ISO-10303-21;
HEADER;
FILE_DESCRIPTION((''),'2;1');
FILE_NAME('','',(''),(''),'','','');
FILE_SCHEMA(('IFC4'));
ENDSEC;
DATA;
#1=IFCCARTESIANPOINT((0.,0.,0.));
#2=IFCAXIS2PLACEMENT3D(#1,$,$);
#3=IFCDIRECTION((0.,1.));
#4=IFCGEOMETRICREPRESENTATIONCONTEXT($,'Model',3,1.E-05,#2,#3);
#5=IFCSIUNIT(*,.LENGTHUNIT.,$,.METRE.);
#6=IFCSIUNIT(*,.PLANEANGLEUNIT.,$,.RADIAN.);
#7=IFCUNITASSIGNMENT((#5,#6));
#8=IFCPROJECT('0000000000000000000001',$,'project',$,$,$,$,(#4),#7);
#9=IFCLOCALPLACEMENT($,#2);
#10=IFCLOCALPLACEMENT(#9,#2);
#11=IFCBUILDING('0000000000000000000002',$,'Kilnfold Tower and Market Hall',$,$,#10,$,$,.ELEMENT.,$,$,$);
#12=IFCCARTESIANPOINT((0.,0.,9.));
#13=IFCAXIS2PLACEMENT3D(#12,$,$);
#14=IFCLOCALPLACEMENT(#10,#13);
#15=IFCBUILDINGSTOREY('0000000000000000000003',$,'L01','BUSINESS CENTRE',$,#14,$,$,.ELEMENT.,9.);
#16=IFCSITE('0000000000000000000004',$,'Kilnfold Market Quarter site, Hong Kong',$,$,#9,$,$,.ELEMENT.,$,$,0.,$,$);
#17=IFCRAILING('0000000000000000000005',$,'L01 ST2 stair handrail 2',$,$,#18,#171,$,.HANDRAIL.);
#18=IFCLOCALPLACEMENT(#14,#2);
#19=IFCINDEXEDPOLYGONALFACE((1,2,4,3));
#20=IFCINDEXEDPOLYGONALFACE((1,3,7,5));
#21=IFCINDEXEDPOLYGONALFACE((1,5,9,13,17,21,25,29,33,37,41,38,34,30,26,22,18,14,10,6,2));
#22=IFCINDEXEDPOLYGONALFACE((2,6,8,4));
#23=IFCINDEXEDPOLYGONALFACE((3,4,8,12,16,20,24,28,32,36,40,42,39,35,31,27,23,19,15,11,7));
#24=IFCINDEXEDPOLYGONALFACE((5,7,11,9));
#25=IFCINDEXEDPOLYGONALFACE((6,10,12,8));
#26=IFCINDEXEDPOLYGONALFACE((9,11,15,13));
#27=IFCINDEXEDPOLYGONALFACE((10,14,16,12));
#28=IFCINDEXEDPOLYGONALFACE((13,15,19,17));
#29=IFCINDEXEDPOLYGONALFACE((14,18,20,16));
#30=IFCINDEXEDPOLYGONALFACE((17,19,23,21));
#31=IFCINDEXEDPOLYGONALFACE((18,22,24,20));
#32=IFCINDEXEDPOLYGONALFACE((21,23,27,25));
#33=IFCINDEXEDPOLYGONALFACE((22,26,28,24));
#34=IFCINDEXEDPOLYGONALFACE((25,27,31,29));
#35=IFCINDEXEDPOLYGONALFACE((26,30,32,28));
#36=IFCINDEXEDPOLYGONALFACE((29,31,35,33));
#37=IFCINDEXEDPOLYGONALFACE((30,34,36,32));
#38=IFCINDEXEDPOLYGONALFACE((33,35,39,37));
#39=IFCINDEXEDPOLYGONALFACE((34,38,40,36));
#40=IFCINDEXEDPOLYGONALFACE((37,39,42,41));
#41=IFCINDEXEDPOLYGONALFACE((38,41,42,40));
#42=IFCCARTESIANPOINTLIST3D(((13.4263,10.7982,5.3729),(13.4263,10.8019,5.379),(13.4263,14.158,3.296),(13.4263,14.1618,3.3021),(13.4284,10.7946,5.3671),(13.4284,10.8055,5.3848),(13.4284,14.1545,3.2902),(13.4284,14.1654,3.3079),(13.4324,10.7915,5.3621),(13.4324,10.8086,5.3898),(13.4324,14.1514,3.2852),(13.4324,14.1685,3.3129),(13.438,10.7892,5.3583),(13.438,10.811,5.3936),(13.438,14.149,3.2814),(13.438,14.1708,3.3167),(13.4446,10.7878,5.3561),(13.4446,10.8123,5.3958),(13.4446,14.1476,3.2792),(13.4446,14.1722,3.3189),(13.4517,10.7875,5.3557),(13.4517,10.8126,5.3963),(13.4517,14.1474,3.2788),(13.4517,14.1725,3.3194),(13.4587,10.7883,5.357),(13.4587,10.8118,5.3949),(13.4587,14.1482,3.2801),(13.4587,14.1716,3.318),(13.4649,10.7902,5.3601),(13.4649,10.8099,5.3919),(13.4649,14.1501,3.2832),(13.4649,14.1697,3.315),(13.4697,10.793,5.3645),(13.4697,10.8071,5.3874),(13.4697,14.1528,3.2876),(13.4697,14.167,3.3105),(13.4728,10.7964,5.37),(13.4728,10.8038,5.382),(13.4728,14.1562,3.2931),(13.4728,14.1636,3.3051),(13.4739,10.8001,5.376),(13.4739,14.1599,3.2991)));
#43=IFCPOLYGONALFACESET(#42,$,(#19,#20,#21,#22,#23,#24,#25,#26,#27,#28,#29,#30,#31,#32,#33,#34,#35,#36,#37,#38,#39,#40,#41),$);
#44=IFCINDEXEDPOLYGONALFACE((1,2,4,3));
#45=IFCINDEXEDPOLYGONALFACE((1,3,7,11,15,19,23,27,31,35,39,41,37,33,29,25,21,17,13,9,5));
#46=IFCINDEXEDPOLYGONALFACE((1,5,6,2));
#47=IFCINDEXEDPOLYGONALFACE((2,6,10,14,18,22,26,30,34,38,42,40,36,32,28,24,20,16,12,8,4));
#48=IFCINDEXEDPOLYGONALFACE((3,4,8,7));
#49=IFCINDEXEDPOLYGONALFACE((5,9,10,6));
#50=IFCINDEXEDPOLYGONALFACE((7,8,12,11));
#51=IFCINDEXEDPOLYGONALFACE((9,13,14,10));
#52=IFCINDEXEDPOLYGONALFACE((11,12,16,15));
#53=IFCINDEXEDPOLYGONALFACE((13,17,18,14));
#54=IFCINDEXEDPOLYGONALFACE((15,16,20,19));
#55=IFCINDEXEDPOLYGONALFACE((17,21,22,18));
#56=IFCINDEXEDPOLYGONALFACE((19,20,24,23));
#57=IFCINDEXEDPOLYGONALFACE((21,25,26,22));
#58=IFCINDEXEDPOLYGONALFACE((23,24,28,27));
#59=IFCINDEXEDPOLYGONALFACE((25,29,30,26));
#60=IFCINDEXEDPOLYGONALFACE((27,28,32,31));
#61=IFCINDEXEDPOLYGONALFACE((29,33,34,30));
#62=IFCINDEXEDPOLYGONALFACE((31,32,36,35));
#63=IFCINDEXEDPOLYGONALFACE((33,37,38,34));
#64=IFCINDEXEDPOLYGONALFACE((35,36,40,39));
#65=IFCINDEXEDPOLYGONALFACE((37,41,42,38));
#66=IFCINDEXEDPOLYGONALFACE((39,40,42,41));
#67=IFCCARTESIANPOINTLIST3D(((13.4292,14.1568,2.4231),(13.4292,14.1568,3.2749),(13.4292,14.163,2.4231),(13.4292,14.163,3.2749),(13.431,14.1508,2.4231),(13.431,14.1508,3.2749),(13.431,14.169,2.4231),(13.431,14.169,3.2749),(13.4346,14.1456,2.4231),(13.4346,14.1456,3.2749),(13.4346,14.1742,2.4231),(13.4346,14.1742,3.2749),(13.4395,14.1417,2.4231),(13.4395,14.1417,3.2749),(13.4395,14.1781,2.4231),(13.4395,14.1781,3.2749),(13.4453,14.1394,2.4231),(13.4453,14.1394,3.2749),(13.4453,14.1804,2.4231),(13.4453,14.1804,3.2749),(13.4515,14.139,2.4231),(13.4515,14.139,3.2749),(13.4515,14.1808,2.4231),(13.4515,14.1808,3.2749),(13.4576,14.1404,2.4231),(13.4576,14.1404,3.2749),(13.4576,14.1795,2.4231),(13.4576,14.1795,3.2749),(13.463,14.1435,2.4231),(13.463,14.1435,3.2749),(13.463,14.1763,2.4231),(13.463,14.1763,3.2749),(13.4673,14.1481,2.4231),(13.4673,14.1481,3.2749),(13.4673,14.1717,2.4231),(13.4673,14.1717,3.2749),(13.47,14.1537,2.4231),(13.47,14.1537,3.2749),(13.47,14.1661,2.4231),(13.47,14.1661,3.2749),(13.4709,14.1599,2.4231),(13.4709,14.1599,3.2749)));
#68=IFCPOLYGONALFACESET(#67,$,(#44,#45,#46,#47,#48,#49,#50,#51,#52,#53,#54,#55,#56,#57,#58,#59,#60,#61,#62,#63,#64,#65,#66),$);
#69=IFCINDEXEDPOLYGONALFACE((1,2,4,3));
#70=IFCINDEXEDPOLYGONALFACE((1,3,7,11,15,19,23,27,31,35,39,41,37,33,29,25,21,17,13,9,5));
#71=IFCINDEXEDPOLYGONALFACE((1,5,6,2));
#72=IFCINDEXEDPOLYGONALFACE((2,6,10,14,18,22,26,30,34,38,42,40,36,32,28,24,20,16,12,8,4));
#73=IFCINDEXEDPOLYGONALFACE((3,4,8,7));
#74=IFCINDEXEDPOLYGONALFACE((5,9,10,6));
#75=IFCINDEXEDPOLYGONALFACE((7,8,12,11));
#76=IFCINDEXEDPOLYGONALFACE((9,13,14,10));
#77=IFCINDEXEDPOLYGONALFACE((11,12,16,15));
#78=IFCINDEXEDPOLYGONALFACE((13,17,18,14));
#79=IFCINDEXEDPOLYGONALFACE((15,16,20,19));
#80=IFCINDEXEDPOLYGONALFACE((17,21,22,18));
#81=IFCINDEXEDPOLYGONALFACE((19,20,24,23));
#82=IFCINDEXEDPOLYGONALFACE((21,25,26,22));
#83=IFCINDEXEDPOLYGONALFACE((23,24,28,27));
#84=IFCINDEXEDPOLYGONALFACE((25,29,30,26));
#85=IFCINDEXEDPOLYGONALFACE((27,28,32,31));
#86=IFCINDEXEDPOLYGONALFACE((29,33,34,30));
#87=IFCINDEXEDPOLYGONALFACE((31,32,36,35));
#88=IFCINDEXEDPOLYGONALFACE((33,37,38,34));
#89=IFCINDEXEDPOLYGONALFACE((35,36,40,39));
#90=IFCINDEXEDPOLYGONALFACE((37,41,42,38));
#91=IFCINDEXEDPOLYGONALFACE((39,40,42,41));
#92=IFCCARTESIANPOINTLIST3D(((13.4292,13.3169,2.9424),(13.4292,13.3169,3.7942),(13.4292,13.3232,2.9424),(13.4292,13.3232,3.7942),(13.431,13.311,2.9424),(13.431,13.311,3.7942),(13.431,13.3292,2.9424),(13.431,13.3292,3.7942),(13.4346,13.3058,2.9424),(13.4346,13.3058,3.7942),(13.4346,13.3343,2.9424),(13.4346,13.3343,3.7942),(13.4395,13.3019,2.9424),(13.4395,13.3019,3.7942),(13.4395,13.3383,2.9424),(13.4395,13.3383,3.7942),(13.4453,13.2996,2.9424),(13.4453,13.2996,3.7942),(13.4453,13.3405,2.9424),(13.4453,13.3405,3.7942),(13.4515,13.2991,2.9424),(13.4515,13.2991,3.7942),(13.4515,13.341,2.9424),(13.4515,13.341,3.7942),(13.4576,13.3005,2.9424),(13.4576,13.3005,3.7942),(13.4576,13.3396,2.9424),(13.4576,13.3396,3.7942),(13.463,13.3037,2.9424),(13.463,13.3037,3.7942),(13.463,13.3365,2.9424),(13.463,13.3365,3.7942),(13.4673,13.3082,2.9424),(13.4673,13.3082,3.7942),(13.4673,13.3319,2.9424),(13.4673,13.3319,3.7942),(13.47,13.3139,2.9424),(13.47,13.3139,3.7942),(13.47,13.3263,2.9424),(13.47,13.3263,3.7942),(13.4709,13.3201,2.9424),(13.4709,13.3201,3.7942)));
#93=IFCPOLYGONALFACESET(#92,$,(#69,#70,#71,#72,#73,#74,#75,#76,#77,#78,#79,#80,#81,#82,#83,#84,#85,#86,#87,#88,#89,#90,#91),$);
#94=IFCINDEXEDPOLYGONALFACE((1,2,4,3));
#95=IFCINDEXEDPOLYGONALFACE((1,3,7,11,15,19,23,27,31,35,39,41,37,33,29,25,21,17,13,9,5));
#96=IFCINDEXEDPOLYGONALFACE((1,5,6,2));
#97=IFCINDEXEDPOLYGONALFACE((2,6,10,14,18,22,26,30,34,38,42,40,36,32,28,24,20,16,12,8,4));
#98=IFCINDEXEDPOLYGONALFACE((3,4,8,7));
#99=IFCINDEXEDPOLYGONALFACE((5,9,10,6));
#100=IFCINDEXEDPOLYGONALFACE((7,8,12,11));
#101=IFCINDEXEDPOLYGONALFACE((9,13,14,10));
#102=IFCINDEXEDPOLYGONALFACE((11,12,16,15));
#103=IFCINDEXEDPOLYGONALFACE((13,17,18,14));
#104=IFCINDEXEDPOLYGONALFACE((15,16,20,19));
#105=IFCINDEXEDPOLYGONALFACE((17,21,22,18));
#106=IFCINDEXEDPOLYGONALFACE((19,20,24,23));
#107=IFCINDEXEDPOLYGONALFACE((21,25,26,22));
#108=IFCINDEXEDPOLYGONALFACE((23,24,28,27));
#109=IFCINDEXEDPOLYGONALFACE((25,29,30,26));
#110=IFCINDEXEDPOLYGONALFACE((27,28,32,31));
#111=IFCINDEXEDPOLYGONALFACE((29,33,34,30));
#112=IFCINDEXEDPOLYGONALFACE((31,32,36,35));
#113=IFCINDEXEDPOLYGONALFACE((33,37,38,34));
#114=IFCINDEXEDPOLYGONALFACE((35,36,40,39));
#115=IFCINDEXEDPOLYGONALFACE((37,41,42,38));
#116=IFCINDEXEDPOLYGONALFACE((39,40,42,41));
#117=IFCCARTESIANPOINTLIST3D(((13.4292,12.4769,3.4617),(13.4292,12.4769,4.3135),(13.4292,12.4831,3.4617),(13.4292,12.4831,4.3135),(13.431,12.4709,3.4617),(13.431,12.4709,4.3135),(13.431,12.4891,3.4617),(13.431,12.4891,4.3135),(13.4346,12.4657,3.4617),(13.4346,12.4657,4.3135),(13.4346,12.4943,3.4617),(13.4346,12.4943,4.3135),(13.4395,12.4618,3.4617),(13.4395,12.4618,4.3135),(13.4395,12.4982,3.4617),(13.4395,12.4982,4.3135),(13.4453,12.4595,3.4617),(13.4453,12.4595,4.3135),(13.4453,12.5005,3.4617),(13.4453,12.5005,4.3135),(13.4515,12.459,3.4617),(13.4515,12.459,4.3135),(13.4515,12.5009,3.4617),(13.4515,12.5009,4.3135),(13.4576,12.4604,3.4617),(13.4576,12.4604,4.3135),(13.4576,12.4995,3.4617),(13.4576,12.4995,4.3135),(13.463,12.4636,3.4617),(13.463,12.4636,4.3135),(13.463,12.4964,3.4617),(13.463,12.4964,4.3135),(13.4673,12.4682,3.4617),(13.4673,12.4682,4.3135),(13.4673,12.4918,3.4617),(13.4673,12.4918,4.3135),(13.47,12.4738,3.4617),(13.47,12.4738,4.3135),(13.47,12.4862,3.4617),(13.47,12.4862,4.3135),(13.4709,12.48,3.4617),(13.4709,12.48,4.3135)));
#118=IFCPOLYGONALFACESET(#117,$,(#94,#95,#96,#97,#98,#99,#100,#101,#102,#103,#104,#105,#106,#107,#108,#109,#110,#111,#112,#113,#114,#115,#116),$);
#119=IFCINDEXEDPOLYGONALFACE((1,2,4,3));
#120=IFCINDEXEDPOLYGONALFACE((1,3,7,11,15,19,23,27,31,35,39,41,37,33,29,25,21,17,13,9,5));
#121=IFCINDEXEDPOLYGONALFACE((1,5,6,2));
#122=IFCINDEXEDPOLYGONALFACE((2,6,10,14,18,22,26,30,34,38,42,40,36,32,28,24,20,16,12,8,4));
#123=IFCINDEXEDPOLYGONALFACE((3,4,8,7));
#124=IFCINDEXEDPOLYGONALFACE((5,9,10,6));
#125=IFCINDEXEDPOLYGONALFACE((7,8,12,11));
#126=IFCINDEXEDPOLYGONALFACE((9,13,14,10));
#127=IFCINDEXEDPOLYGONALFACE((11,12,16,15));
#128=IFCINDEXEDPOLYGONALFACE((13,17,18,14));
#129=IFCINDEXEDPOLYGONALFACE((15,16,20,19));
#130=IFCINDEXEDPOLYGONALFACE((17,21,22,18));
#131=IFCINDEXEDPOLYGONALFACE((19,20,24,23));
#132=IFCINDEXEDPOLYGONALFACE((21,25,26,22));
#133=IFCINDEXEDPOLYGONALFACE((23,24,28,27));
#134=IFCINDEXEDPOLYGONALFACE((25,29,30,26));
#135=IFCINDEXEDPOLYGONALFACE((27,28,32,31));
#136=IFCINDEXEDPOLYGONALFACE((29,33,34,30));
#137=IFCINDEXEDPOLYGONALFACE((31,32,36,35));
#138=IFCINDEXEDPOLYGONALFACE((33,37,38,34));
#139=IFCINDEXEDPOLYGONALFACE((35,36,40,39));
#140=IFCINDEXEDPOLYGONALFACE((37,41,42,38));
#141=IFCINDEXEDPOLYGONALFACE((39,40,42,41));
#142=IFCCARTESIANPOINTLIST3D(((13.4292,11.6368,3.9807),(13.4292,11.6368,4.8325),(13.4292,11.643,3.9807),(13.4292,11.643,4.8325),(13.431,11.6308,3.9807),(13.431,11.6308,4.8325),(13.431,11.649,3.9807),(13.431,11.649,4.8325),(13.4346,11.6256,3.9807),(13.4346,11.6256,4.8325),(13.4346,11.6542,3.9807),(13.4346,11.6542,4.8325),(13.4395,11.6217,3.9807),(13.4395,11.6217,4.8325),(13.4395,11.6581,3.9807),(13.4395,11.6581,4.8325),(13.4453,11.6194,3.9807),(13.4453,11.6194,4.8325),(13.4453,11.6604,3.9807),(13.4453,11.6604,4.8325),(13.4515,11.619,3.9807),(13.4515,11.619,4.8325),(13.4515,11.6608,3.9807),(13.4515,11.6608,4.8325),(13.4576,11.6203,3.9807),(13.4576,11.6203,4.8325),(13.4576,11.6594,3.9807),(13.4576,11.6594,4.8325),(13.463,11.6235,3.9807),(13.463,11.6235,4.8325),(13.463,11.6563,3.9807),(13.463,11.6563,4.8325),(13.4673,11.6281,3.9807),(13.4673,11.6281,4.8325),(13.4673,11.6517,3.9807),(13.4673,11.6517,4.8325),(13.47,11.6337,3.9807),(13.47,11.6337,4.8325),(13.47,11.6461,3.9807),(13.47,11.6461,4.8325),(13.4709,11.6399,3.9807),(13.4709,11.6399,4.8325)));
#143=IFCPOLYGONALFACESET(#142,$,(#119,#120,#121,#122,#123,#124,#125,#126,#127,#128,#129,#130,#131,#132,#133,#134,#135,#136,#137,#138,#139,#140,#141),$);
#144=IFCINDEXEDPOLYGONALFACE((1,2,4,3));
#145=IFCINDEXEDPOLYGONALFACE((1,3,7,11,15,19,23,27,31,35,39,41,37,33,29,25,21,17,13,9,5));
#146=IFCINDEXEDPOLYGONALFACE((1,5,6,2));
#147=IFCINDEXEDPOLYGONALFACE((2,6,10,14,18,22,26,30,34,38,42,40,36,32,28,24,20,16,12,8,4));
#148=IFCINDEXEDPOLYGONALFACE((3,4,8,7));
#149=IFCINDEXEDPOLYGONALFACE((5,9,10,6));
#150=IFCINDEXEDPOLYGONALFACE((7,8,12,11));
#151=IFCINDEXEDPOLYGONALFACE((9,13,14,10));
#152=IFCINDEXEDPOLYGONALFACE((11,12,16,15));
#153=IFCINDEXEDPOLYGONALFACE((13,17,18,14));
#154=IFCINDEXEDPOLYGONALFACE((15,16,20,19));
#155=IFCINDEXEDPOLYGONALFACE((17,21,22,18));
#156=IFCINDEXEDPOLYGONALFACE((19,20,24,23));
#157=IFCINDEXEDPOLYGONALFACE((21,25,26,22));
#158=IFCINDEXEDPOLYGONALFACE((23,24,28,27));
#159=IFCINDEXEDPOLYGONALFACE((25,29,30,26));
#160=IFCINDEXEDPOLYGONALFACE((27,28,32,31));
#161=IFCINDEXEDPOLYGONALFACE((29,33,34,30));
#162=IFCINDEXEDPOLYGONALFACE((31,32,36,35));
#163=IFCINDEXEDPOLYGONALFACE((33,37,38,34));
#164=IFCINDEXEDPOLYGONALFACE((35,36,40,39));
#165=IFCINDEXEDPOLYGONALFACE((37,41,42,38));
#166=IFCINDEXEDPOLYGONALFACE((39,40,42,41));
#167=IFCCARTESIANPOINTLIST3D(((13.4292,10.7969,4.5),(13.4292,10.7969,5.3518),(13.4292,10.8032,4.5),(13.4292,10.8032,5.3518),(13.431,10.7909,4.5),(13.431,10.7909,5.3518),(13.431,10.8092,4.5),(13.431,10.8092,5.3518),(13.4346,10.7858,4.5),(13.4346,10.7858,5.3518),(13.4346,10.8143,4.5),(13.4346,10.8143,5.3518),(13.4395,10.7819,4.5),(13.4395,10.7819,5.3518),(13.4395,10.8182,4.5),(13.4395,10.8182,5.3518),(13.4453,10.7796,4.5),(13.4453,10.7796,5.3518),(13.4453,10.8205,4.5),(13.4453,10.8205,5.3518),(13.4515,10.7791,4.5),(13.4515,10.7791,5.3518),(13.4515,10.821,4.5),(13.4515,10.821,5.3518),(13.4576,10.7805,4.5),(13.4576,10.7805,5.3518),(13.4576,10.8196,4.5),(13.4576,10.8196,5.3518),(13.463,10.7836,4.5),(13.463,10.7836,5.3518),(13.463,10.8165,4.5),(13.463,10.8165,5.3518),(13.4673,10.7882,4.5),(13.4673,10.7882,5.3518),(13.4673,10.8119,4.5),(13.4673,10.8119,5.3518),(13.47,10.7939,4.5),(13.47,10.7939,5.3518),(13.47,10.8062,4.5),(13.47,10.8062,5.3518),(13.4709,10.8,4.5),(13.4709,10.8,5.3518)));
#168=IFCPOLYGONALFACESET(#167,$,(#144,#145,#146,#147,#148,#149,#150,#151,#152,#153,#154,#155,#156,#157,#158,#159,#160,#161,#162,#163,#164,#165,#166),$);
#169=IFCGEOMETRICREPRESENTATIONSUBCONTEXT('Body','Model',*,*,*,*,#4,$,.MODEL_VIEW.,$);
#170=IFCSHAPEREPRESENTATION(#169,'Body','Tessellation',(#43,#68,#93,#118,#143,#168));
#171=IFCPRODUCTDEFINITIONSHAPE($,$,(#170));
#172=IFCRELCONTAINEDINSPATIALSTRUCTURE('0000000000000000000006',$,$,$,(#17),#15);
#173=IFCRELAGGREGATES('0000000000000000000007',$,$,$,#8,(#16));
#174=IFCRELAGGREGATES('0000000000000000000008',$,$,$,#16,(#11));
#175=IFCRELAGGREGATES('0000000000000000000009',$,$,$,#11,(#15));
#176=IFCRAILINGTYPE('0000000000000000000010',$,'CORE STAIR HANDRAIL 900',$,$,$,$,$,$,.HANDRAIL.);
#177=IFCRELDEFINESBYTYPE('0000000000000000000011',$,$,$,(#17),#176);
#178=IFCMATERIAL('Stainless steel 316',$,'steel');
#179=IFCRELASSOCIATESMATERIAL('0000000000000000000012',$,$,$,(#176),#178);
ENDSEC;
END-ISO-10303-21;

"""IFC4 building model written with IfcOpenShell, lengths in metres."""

from ifc_helpers import new_model, si_unit, direction, frame, origin, origin_2d, place, context, subcontext, project, spatial, circle, extrude, material, type_object, element, save


model = new_model("IFC4")

# Units and contexts
model_context = context("Model", 3, precision=1e-05, world=origin(), true_north=direction((0.0, 1.0)))
body_context = subcontext(model_context, "Body", "Model", "MODEL_VIEW")
ifc_project = project(units=[si_unit("LENGTHUNIT", "METRE"), si_unit("PLANEANGLEUNIT", "RADIAN")], contexts=[model_context])

# Site, building, storey
site_placement = place(None, origin())
site = spatial("IfcSite", under=ifc_project, at=site_placement, Name="Kilnfold Market Quarter site, Hong Kong", CompositionType="ELEMENT", RefElevation=0.0)
building_placement = place(site_placement, origin())
building = spatial("IfcBuilding", under=site, at=building_placement, Name="Kilnfold Tower and Market Hall", CompositionType="ELEMENT")
storey_placement = place(building_placement, frame((0.0, 0.0, 9.0)))
storey = spatial("IfcBuildingStorey", under=building, at=storey_placement, Name="L01", Description="BUSINESS CENTRE", CompositionType="ELEMENT", Elevation=9.0)

# Railing
ifc_material_1 = material(Name="Stainless steel 316", Category="steel")
railing_type_1 = type_object("IfcRailingType", Name="CORE STAIR HANDRAIL 900", PredefinedType="HANDRAIL", material=ifc_material_1)
railing_1_placement = place(storey_placement, frame((13.45, 14.1599, 2.4231)))
element("IfcRailing", 1, at=railing_1_placement, inside=storey, type_object=railing_type_1, Name="L01 ST2 stair handrail 2", PredefinedType="HANDRAIL", context=body_context, shape_type="SweptSolid", body=[
    extrude(circle(Radius=0.0239, at=origin_2d()), frame((0.0, 0.0, 0.876), z_axis=(0.0, -0.850606, 0.525803), x_axis=(1.0, 0.0, 0.0)), (0.0, 0.0, 1.0), 3.95),
    extrude(circle(Radius=0.021, at=origin_2d()), origin(), (0.0, 0.0, 1.0), 0.8518),
    extrude(circle(Radius=0.021, at=origin_2d()), frame((0.0, -0.8398, 0.5193)), (0.0, 0.0, 1.0), 0.8518),
    extrude(circle(Radius=0.021, at=origin_2d()), frame((0.0, -1.6799, 1.0386)), (0.0, 0.0, 1.0), 0.8518),
    extrude(circle(Radius=0.021, at=origin_2d()), frame((0.0, -2.52, 1.5576)), (0.0, 0.0, 1.0), 0.8518),
    extrude(circle(Radius=0.021, at=origin_2d()), frame((0.0, -3.3599, 2.0769)), (0.0, 0.0, 1.0), 0.8518),
])

save(model, "model.ifc")
